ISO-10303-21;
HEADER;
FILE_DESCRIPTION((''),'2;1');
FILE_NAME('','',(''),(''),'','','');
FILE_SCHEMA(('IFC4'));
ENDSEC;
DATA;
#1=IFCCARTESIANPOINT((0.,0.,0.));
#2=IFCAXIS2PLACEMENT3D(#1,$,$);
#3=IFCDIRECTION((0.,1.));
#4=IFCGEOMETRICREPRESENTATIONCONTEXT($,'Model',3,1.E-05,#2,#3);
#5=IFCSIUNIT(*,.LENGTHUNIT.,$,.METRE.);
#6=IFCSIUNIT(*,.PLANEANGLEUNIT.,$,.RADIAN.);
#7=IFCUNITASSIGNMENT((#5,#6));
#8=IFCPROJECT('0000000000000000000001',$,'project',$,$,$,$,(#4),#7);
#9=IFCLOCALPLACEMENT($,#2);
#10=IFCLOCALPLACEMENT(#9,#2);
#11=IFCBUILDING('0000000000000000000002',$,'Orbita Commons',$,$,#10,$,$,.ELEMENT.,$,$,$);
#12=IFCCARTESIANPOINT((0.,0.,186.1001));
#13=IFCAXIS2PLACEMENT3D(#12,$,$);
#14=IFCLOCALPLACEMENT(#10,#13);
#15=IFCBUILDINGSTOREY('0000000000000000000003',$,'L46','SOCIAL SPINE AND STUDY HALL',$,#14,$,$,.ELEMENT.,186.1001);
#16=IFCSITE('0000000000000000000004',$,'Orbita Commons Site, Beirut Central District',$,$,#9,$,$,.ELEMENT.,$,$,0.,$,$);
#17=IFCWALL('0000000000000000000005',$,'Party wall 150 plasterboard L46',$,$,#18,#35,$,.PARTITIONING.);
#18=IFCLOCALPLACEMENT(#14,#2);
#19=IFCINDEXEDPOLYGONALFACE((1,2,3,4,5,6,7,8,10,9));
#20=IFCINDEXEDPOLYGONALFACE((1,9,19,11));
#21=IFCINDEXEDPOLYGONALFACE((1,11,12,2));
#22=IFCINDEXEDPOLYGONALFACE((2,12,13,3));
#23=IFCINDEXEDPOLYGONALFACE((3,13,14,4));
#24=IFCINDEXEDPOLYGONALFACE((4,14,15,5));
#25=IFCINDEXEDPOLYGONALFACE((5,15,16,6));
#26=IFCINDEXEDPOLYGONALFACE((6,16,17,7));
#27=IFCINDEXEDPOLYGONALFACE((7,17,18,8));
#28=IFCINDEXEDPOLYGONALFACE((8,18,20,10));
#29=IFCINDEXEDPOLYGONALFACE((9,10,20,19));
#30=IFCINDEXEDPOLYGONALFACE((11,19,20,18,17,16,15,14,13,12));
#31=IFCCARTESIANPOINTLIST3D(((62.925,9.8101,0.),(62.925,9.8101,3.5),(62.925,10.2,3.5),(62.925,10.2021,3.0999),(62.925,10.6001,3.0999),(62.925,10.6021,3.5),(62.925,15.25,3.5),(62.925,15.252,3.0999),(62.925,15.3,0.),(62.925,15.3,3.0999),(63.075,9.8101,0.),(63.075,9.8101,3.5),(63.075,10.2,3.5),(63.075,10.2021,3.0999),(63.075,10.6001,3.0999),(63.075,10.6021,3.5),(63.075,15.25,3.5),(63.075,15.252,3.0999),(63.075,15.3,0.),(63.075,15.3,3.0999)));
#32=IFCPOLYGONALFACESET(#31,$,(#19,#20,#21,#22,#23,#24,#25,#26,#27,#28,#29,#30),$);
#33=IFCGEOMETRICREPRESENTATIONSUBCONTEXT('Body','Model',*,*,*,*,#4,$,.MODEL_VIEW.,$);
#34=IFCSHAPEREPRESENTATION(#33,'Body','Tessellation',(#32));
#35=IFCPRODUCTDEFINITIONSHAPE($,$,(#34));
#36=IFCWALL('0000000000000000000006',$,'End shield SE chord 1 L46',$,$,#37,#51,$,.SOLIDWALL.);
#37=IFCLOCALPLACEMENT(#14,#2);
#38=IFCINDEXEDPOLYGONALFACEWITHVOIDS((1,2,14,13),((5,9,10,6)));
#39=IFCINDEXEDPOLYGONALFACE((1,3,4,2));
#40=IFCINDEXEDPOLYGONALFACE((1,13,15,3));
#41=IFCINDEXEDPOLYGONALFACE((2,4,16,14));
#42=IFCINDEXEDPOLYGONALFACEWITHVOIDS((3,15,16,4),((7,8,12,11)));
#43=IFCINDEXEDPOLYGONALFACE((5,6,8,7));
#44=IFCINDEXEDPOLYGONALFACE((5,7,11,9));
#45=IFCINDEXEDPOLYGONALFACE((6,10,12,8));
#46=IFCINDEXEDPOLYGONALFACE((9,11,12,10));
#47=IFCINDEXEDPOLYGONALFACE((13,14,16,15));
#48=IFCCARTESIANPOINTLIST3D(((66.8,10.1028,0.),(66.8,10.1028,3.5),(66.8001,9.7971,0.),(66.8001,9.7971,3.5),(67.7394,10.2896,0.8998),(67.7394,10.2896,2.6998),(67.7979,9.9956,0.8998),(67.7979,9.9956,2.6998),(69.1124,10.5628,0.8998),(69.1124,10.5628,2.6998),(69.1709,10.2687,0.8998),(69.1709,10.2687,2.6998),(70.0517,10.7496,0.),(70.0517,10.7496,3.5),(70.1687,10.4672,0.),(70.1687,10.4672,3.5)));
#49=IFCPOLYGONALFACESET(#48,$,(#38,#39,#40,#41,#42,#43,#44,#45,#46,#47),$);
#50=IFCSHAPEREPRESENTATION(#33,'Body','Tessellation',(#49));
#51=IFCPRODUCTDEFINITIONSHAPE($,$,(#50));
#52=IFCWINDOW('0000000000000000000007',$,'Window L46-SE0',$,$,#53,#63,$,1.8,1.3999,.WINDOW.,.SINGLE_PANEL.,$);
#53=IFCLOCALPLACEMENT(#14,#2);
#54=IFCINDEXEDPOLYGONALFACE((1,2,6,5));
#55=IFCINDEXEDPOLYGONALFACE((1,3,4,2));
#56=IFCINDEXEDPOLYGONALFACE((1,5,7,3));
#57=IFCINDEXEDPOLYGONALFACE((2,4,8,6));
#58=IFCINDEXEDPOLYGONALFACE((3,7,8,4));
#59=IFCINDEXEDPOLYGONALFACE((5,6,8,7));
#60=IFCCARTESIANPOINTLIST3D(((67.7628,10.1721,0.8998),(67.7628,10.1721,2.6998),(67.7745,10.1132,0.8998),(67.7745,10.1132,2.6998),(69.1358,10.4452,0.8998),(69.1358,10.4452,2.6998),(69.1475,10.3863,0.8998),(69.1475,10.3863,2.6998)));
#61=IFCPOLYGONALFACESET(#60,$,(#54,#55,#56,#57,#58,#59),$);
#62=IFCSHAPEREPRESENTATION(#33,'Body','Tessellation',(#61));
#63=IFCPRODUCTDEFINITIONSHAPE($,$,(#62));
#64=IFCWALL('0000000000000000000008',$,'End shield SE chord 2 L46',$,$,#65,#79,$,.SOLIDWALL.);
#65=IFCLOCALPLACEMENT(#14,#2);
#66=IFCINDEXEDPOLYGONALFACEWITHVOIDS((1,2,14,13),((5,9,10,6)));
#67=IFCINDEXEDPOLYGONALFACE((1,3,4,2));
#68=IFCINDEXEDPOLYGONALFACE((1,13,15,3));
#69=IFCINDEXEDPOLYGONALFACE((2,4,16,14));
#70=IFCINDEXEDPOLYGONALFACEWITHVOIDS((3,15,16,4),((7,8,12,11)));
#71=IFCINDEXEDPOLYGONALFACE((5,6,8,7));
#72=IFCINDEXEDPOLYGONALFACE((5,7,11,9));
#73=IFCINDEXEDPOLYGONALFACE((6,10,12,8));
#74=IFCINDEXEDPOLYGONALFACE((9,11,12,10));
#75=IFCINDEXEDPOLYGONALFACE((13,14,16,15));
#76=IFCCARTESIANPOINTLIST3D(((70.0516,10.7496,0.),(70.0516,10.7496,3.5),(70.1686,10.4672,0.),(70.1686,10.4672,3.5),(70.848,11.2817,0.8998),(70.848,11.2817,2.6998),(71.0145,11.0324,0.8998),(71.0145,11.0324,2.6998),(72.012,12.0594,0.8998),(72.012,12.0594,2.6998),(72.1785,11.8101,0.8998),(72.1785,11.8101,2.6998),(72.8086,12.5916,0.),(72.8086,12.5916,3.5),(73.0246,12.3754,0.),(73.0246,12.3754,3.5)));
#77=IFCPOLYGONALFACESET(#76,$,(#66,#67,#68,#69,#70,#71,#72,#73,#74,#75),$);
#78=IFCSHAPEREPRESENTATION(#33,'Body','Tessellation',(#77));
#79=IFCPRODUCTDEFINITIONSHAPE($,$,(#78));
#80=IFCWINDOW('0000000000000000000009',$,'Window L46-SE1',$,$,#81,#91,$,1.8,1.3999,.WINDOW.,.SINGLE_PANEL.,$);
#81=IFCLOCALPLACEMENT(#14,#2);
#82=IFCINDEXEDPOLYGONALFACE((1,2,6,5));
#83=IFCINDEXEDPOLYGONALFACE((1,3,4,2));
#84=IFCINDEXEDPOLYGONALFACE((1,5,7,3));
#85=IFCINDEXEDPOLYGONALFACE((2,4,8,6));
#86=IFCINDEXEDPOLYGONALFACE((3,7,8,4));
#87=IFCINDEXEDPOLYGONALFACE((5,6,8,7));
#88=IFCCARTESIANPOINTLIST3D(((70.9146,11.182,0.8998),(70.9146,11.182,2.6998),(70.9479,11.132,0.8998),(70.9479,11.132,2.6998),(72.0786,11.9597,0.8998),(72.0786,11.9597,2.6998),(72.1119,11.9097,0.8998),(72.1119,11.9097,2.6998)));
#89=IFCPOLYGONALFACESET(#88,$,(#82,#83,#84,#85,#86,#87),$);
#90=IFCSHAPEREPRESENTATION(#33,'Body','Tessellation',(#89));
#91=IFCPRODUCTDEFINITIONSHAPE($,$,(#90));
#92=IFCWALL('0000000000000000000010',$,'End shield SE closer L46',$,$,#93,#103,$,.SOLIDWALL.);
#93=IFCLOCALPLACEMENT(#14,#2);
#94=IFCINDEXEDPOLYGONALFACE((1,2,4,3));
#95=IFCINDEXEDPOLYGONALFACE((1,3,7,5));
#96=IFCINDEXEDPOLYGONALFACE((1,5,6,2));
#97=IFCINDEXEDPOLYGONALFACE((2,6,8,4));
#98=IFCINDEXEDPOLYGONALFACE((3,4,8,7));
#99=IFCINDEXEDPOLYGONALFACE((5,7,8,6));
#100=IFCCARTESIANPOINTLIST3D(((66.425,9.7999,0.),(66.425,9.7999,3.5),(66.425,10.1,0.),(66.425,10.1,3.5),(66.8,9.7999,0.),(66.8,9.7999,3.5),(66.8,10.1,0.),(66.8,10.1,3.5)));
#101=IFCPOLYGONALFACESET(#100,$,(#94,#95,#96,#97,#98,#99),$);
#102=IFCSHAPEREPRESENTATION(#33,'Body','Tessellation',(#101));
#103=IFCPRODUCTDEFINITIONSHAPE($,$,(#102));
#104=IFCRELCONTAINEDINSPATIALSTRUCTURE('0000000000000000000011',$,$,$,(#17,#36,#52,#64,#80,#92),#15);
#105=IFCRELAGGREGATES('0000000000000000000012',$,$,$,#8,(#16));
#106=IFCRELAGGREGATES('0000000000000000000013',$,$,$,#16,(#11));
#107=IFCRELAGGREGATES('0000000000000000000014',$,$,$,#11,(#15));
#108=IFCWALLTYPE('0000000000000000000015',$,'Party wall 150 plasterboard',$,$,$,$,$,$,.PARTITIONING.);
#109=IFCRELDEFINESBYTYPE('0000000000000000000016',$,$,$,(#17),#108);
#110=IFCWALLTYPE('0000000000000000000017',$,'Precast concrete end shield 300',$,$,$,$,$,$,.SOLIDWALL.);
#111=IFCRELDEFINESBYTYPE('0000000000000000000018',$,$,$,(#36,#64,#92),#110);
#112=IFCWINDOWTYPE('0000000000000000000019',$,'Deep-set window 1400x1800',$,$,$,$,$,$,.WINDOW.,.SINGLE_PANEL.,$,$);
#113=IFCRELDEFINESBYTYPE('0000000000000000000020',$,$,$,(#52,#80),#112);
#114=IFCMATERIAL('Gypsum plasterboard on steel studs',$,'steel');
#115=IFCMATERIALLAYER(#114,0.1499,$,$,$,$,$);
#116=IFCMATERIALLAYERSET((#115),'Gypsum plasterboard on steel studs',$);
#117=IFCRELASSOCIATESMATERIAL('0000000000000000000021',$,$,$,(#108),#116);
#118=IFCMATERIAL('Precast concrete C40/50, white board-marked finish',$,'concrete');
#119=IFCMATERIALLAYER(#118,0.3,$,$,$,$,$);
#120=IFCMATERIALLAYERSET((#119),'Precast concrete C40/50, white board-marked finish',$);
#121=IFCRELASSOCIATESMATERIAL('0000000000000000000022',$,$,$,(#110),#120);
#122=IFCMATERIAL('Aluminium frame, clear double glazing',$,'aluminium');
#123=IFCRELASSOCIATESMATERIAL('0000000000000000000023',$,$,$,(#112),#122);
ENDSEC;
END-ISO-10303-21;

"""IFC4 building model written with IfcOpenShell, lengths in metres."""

from ifc_helpers import new_model, si_unit, direction, frame, frame_2d, origin, place, context, subcontext, project, spatial, polyline, rectangle, outline, extrude, material, layer, layer_set, type_object, element, fill, save


model = new_model("IFC4")

# Units and contexts
model_context = context("Model", 3, precision=1e-05, world=origin(), true_north=direction((0.0, 1.0)))
body_context = subcontext(model_context, "Body", "Model", "MODEL_VIEW")
ifc_project = project(units=[si_unit("LENGTHUNIT", "METRE"), si_unit("PLANEANGLEUNIT", "RADIAN")], contexts=[model_context])

# Site, building, storey
site_placement = place(None, origin())
site = spatial("IfcSite", under=ifc_project, at=site_placement, Name="Orbita Commons Site, Beirut Central District", CompositionType="ELEMENT", RefElevation=0.0)
building_placement = place(site_placement, origin())
building = spatial("IfcBuilding", under=site, at=building_placement, Name="Orbita Commons", CompositionType="ELEMENT")
storey_placement = place(building_placement, frame((0.0, 0.0, 186.1001)))
storey = spatial("IfcBuildingStorey", under=building, at=storey_placement, Name="L46", Description="SOCIAL SPINE AND STUDY HALL", CompositionType="ELEMENT", Elevation=186.1001)

# Wall
ifc_material_1 = material(Name="Gypsum plasterboard on steel studs", Category="steel")
ifc_layer_1 = layer(ifc_material_1, 0.1499)
ifc_layer_set_1 = layer_set([ifc_layer_1], Name="Gypsum plasterboard on steel studs")
wall_type_1 = type_object("IfcWallType", Name="Party wall 150 plasterboard", PredefinedType="PARTITIONING", material=ifc_layer_set_1)
wall_1_placement = place(storey_placement, frame((63.0, 9.8101, 0.0), z_axis=(0.0, 0.0, 1.0), x_axis=(0.0, 1.0, 0.0)))
element("IfcWall", 1, at=wall_1_placement, inside=storey, type_object=wall_type_1, Name="Party wall 150 plasterboard L46", PredefinedType="PARTITIONING", context=body_context, shape_type="SweptSolid", body=[
    extrude(outline(polyline([(0.0, 0.0), (5.49, 0.0), (5.49, 3.0999), (5.4419, 3.0999), (5.4399, 3.5), (0.792, 3.5), (0.79, 3.0999), (0.3921, 3.0999), (0.3899, 3.5), (0.0, 3.5), (0.0, 0.0)])), frame((0.0, 0.075, 0.0), z_axis=(0.0, -1.0, 0.0), x_axis=(1.0, 0.0, 0.0)), (0.0, 0.0, 1.0), 0.1499),
])

# Walls, openings, windows
ifc_material_2 = material(Name="Precast concrete C40/50, white board-marked finish", Category="concrete")
ifc_layer_2 = layer(ifc_material_2, 0.3)
ifc_layer_set_2 = layer_set([ifc_layer_2], Name="Precast concrete C40/50, white board-marked finish")
wall_type_2 = type_object("IfcWallType", Name="Precast concrete end shield 300", PredefinedType="SOLIDWALL", material=ifc_layer_set_2)
wall_2_placement = place(storey_placement, frame((66.8, 9.95, 0.0), z_axis=(0.0, 0.0, 1.0), x_axis=(0.980783, 0.1951, 0.0)))
wall_2 = element("IfcWall", 2, at=wall_2_placement, inside=storey, type_object=wall_type_2, Name="End shield SE chord 1 L46", PredefinedType="SOLIDWALL", context=body_context, shape_type="SweptSolid", body=[
    extrude(outline(polyline([(-0.0298, -0.1499), (3.4048, -0.1499), (3.3452, 0.1499), (0.0298, 0.1499), (-0.0298, -0.1499)])), origin(), (0.0, 0.0, 1.0), 3.5),
])
opening_1_placement = place(wall_2_placement, frame((0.9875, 0.0, 0.8999)))
opening_1 = element("IfcOpeningElement", 3, at=opening_1_placement, cuts=wall_2, PredefinedType="OPENING", context=body_context, shape_type="SweptSolid", body=[
    extrude(rectangle(XDim=1.3999, YDim=1.8, at=frame_2d((0.7, 0.8999))), frame((0.0, 0.1599, 0.0), z_axis=(0.0, -1.0, 0.0), x_axis=(1.0, 0.0, 0.0)), (0.0, 0.0, 1.0), 0.3201),
])
ifc_material_3 = material(Name="Aluminium frame, clear double glazing", Category="aluminium")
window_type = type_object("IfcWindowType", Name="Deep-set window 1400x1800", PartitioningType="SINGLE_PANEL", PredefinedType="WINDOW", material=ifc_material_3)
window_1_placement = place(opening_1_placement, origin())
window_1 = element("IfcWindow", 4, at=window_1_placement, inside=storey, type_object=window_type, Name="Window L46-SE0", OverallHeight=1.8, OverallWidth=1.3999, PartitioningType="SINGLE_PANEL", PredefinedType="WINDOW", context=body_context, shape_type="SweptSolid", body=[
    extrude(rectangle(XDim=1.3999, YDim=1.8, at=frame_2d((0.7, 0.8999))), frame((0.0, 0.03, 0.0), z_axis=(0.0, -1.0, 0.0), x_axis=(1.0, 0.0, 0.0)), (0.0, 0.0, 1.0), 0.0601),
])
fill(opening_1, window_1)
wall_3_placement = place(storey_placement, frame((70.1101, 10.6084, 0.0), z_axis=(0.0, 0.0, 1.0), x_axis=(0.831493, 0.555535, 0.0)))
wall_3 = element("IfcWall", 5, at=wall_3_placement, inside=storey, type_object=wall_type_2, Name="End shield SE chord 2 L46", PredefinedType="SOLIDWALL", context=body_context, shape_type="SweptSolid", body=[
    extrude(outline(polyline([(-0.0298, -0.1499), (3.405, -0.1499), (3.3455, 0.1499), (0.0298, 0.1499), (-0.0298, -0.1499)])), origin(), (0.0, 0.0, 1.0), 3.5),
])
opening_2_placement = place(wall_3_placement, frame((0.9875, 0.0, 0.8999)))
opening_2 = element("IfcOpeningElement", 6, at=opening_2_placement, cuts=wall_3, PredefinedType="OPENING", context=body_context, shape_type="SweptSolid", body=[
    extrude(rectangle(XDim=1.3999, YDim=1.8, at=frame_2d((0.7, 0.8999))), frame((0.0, 0.1599, 0.0), z_axis=(0.0, -1.0, 0.0), x_axis=(1.0, 0.0, 0.0)), (0.0, 0.0, 1.0), 0.3201),
])
window_2_placement = place(opening_2_placement, origin())
window_2 = element("IfcWindow", 7, at=window_2_placement, inside=storey, type_object=window_type, Name="Window L46-SE1", OverallHeight=1.8, OverallWidth=1.3999, PartitioningType="SINGLE_PANEL", PredefinedType="WINDOW", context=body_context, shape_type="SweptSolid", body=[
    extrude(rectangle(XDim=1.3999, YDim=1.8, at=frame_2d((0.7, 0.8999))), frame((0.0, 0.03, 0.0), z_axis=(0.0, -1.0, 0.0), x_axis=(1.0, 0.0, 0.0)), (0.0, 0.0, 1.0), 0.0601),
])
fill(opening_2, window_2)

# Wall
wall_4_placement = place(storey_placement, frame((66.8, 9.95, 0.0), z_axis=(0.0, 0.0, 1.0), x_axis=(-1.0, 0.0, 0.0)))
element("IfcWall", 8, at=wall_4_placement, inside=storey, type_object=wall_type_2, Name="End shield SE closer L46", PredefinedType="SOLIDWALL", context=body_context, shape_type="SweptSolid", body=[
    extrude(rectangle(XDim=0.375, YDim=0.3, at=frame_2d((0.1875, 0.0))), origin(), (0.0, 0.0, 1.0), 3.5),
])

save(model, "model.ifc")
